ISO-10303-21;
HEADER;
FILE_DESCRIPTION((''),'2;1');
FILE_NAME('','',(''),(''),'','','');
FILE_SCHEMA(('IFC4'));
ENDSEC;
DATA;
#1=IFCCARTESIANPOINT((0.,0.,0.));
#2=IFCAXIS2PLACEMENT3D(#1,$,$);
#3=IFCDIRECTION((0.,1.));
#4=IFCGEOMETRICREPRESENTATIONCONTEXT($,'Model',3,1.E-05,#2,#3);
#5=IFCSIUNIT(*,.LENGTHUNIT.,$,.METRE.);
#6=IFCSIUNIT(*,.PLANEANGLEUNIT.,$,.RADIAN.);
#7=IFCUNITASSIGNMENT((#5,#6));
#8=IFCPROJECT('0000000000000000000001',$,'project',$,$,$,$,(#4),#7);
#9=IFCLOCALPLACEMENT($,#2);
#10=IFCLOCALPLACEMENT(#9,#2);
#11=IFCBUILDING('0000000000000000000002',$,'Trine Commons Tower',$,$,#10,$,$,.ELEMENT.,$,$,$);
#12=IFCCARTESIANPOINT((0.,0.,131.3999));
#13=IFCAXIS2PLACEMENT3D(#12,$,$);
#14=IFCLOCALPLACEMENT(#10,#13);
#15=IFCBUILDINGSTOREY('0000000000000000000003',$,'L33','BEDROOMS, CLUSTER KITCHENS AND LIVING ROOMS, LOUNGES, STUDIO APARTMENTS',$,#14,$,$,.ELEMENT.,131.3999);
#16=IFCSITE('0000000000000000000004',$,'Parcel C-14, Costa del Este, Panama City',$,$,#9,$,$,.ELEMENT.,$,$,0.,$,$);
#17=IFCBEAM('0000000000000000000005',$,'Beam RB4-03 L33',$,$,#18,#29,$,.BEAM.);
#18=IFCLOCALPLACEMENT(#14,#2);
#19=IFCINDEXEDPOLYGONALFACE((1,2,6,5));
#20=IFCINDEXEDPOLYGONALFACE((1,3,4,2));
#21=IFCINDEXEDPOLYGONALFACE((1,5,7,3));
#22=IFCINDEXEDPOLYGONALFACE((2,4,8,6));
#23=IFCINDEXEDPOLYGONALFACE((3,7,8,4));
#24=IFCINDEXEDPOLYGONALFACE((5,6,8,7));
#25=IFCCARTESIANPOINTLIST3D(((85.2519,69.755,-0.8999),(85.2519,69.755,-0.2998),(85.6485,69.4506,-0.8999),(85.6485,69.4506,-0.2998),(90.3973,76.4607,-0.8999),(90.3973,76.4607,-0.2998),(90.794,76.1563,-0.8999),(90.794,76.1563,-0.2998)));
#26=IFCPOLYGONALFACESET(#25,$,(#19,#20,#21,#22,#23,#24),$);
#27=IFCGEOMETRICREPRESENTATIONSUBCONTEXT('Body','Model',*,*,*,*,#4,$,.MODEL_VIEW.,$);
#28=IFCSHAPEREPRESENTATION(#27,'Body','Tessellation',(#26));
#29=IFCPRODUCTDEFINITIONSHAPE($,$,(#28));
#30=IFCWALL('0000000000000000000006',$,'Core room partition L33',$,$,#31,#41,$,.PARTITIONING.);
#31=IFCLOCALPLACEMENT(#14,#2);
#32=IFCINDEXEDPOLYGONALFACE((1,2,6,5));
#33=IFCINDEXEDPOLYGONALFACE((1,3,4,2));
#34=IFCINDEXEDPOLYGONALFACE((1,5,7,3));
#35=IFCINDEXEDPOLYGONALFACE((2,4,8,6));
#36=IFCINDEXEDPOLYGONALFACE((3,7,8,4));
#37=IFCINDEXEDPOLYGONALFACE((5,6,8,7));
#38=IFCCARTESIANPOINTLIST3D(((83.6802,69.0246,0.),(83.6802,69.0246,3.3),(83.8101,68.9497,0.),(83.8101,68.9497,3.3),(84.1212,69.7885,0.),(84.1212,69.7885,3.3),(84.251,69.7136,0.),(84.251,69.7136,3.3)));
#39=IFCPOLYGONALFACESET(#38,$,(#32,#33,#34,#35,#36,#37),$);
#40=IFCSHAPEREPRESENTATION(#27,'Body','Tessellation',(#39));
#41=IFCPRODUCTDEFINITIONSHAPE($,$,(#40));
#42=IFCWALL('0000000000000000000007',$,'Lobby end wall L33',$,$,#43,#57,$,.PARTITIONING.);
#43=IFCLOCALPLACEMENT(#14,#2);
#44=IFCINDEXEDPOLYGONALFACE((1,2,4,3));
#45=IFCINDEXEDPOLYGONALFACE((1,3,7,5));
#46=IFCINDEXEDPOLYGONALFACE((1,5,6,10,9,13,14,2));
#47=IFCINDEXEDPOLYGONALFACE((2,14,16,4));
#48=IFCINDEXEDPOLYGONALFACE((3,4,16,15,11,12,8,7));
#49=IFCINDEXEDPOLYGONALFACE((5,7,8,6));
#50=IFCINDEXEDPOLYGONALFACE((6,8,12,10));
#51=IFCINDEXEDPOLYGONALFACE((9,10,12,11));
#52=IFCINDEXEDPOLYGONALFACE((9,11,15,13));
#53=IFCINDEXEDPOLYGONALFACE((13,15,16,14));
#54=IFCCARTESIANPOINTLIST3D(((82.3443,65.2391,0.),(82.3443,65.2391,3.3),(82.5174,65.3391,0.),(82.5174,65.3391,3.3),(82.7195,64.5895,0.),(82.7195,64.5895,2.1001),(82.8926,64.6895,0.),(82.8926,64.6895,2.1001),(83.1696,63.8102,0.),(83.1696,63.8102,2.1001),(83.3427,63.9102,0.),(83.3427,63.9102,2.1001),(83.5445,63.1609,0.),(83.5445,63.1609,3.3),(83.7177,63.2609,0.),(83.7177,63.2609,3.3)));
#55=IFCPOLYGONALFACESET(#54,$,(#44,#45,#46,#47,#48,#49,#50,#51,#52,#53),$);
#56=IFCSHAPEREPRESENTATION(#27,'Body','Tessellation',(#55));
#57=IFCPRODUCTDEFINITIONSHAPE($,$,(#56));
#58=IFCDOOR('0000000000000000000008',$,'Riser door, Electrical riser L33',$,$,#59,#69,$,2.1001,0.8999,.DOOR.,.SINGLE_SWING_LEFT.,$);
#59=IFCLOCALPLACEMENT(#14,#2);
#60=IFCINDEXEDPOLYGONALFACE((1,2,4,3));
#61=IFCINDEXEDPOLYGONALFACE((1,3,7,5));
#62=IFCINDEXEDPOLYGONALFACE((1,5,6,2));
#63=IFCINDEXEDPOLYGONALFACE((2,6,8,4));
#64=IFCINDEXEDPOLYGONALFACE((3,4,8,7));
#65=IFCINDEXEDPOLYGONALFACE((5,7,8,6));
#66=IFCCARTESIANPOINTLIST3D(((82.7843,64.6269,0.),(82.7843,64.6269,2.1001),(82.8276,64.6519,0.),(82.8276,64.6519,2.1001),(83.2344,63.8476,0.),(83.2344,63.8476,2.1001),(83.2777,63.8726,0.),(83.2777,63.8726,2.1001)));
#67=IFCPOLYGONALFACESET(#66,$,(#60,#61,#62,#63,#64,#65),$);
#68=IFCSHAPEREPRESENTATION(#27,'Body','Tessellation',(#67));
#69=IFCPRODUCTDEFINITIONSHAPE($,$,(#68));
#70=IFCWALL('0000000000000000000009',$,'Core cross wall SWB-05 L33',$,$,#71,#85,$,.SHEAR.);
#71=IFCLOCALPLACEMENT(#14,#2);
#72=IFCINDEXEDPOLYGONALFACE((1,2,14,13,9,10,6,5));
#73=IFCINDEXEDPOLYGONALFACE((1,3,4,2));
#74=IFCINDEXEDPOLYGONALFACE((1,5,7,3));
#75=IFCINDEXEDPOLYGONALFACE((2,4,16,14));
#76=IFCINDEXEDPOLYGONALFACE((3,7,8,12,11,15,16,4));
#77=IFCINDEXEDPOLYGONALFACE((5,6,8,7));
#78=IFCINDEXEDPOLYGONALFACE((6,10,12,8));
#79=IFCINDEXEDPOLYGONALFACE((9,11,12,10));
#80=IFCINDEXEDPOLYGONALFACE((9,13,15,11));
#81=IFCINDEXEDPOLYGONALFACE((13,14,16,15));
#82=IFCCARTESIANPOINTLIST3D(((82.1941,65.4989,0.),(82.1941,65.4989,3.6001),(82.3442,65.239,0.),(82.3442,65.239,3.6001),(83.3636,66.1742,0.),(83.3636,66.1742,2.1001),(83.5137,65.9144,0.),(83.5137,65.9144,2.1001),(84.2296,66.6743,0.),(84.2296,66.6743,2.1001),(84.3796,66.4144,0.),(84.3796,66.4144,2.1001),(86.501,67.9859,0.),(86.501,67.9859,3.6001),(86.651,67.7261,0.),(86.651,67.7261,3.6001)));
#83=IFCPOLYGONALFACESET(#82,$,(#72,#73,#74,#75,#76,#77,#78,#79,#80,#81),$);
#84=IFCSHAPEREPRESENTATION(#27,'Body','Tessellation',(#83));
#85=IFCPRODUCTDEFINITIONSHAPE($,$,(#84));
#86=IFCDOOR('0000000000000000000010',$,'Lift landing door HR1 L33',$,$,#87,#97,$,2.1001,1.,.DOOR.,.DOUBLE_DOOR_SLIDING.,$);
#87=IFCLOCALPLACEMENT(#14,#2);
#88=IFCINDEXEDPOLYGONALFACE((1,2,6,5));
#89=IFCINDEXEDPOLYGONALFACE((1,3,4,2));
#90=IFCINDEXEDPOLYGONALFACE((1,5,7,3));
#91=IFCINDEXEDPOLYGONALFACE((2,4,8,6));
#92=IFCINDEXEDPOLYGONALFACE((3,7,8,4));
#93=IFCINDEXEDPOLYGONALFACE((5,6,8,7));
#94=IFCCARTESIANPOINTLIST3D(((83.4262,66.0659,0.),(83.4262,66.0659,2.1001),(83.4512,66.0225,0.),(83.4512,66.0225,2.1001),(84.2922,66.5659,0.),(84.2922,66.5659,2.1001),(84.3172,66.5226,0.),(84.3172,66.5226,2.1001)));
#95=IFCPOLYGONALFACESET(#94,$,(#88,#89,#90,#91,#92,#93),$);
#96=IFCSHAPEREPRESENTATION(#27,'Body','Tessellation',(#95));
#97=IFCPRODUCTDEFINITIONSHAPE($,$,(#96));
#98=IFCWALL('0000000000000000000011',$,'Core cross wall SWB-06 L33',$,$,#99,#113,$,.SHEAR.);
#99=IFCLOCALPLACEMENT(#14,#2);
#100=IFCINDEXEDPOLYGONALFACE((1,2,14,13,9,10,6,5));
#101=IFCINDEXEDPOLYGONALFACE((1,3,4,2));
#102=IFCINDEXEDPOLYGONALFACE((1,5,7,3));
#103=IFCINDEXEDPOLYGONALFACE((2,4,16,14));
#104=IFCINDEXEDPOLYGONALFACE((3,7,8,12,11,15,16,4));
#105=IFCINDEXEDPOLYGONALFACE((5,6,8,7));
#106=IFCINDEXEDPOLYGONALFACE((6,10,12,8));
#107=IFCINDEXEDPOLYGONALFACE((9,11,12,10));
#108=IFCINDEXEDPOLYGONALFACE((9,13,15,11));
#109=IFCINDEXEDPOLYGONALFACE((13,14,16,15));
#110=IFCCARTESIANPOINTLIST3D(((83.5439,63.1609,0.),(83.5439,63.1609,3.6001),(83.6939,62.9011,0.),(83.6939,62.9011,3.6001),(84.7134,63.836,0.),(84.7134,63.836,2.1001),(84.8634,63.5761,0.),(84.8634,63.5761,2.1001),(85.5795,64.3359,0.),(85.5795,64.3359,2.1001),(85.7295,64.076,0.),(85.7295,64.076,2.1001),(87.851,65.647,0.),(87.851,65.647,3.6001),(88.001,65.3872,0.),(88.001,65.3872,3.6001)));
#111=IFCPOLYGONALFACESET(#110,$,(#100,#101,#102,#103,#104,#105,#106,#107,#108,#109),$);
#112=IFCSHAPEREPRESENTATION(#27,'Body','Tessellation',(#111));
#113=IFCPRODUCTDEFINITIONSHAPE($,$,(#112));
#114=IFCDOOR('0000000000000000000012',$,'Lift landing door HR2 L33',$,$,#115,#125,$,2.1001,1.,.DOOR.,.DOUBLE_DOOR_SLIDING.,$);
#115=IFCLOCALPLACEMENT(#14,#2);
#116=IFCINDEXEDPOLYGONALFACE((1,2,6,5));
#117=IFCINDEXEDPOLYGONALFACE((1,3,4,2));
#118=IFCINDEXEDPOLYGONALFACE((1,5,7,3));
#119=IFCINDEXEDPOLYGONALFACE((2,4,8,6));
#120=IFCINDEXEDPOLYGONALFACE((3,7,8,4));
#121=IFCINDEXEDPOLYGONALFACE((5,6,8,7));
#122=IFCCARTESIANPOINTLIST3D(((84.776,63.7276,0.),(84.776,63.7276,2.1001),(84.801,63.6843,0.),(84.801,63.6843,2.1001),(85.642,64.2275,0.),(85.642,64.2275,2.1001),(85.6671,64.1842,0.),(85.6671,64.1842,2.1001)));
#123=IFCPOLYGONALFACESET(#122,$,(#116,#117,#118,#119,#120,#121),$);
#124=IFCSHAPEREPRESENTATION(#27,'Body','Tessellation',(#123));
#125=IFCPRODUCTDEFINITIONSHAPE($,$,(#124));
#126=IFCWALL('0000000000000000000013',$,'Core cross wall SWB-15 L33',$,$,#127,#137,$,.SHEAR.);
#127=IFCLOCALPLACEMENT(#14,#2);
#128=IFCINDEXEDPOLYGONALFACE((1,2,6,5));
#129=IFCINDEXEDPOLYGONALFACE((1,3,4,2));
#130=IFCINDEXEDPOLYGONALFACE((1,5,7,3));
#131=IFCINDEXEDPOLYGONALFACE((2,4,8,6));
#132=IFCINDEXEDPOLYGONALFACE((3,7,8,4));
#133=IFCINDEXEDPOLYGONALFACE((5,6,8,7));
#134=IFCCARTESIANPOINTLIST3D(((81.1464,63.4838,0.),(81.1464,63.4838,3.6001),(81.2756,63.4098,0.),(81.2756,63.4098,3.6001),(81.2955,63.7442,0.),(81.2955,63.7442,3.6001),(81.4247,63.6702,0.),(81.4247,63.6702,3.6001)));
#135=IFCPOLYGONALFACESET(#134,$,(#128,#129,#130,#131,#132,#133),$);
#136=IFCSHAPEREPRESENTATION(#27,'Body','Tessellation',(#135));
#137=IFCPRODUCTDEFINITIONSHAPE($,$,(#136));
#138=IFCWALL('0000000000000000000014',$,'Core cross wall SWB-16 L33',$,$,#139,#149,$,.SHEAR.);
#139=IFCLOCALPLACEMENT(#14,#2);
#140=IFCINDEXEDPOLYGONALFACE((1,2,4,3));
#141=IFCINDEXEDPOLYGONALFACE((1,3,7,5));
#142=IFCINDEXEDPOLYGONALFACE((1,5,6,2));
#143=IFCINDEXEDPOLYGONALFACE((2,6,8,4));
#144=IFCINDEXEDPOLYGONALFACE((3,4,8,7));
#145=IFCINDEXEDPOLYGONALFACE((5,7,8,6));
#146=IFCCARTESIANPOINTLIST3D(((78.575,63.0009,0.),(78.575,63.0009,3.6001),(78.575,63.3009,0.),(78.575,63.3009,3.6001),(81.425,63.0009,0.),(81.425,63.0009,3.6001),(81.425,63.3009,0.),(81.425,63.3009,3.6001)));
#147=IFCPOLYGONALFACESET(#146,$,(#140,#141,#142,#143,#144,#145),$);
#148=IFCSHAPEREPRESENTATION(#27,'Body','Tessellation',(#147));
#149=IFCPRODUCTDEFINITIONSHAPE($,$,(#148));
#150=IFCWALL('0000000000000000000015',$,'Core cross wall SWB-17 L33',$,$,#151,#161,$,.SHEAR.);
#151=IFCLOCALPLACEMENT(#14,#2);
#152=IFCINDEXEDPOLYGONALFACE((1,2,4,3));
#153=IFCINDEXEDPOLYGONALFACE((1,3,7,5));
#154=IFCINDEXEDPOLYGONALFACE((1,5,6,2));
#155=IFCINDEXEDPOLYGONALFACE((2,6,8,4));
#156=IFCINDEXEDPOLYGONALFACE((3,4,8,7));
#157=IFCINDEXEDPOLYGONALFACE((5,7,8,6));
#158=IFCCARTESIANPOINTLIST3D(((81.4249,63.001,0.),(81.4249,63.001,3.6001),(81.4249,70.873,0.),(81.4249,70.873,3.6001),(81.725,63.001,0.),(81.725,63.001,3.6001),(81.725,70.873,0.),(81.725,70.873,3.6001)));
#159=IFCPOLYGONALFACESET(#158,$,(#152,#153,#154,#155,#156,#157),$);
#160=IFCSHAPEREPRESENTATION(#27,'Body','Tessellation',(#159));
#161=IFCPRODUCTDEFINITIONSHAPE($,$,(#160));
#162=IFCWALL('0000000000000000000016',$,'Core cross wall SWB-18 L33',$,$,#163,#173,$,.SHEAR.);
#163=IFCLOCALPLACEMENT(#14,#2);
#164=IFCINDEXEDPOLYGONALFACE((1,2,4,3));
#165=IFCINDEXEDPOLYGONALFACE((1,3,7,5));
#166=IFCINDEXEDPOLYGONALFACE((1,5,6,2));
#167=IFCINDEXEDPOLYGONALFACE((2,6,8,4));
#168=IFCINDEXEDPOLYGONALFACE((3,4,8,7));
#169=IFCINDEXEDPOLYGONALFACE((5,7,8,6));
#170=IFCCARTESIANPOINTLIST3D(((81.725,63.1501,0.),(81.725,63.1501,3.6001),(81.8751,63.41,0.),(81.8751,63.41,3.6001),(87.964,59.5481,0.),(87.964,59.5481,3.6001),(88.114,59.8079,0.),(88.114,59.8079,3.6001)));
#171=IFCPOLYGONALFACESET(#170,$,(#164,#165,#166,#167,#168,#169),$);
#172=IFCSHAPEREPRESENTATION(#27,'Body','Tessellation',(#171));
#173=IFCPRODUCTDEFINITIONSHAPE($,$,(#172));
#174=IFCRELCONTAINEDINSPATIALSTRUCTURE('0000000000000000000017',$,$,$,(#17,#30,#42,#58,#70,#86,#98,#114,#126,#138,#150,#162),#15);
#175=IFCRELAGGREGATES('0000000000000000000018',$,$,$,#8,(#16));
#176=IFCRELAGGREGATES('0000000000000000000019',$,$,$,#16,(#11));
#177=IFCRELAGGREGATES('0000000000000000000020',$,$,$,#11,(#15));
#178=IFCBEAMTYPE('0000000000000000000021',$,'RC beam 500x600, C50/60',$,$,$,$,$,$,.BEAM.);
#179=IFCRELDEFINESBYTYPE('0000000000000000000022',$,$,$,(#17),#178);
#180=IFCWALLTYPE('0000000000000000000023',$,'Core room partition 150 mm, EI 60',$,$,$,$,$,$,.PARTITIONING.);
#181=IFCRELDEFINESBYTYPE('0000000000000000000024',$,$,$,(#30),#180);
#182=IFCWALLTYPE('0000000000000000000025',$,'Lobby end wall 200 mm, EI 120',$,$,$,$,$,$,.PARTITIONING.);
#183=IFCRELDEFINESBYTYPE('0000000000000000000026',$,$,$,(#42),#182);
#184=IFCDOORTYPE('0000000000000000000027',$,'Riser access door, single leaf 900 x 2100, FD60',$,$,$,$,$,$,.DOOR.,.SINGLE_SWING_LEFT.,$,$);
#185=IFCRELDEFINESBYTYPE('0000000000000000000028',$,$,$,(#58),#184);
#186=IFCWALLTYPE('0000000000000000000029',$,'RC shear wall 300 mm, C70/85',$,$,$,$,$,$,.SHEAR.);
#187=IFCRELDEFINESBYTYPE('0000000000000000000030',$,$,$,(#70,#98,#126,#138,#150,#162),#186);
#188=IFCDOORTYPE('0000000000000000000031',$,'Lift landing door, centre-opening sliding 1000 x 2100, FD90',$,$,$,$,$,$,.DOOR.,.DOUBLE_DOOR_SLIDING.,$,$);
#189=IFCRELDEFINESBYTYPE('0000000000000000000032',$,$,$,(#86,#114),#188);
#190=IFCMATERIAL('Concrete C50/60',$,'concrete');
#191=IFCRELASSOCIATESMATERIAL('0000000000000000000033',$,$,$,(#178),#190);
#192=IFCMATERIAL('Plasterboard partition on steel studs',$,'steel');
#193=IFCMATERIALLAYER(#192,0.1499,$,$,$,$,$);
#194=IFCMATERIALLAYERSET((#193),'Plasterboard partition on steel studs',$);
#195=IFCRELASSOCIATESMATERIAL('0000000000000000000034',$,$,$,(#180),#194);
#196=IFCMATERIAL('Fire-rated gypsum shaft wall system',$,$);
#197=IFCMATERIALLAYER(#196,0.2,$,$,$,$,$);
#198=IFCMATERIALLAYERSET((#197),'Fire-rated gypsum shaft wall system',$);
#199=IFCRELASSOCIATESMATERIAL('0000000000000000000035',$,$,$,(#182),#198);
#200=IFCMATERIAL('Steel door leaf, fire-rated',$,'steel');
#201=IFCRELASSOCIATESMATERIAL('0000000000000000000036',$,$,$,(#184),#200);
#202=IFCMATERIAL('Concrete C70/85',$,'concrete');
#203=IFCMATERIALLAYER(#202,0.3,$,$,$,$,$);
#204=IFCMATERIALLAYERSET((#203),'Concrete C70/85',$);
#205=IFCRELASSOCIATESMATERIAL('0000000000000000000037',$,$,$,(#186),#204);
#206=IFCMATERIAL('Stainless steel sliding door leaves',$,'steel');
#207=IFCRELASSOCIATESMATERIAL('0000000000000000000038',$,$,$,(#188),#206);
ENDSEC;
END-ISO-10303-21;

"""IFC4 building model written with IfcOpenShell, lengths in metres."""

from ifc_helpers import new_model, si_unit, direction, frame, frame_2d, origin, origin_2d, place, context, subcontext, project, spatial, rectangle, extrude, material, layer, layer_set, material_profile, profile_set, type_object, element, fill, save


model = new_model("IFC4")

# Units and contexts
model_context = context("Model", 3, precision=1e-05, world=origin(), true_north=direction((0.0, 1.0)))
body_context = subcontext(model_context, "Body", "Model", "MODEL_VIEW")
ifc_project = project(units=[si_unit("LENGTHUNIT", "METRE"), si_unit("PLANEANGLEUNIT", "RADIAN")], contexts=[model_context])

# Site, building, storey
site_placement = place(None, origin())
site = spatial("IfcSite", under=ifc_project, at=site_placement, Name="Parcel C-14, Costa del Este, Panama City", CompositionType="ELEMENT", RefElevation=0.0)
building_placement = place(site_placement, origin())
building = spatial("IfcBuilding", under=site, at=building_placement, Name="Trine Commons Tower", CompositionType="ELEMENT")
storey_placement = place(building_placement, frame((0.0, 0.0, 131.3999)))
storey = spatial("IfcBuildingStorey", under=building, at=storey_placement, Name="L33", Description="BEDROOMS, CLUSTER KITCHENS AND LIVING ROOMS, LOUNGES, STUDIO APARTMENTS", CompositionType="ELEMENT", Elevation=131.3999)

# Beam
ifc_material_1 = material(Name="Concrete C50/60", Category="concrete")
ifc_material_profile = material_profile(ifc_material_1, rectangle(XDim=0.5, YDim=0.6001, at=origin_2d()), Name="RC 500x600")
ifc_profile_set = profile_set([ifc_material_profile], Name="Concrete C50/60")
beam_type = type_object("IfcBeamType", Name="RC beam 500x600, C50/60", PredefinedType="BEAM", material=ifc_profile_set)
beam_placement = place(storey_placement, frame((85.4502, 69.6028, -0.5999), z_axis=(0.608758, 0.793356, 0.0), x_axis=(-0.793356, 0.608758, 0.0)))
element("IfcBeam", 1, at=beam_placement, inside=storey, type_object=beam_type, Name="Beam RB4-03 L33", PredefinedType="BEAM", context=body_context, shape_type="SweptSolid", body=[
    extrude(rectangle(XDim=0.5, YDim=0.6001, at=origin_2d()), origin(), (0.0, 0.0, 1.0), 8.4524),
])

# Wall
ifc_material_2 = material(Name="Plasterboard partition on steel studs", Category="steel")
ifc_layer_1 = layer(ifc_material_2, 0.1499)
ifc_layer_set_1 = layer_set([ifc_layer_1], Name="Plasterboard partition on steel studs")
wall_type_1 = type_object("IfcWallType", Name="Core room partition 150 mm, EI 60", PredefinedType="PARTITIONING", material=ifc_layer_set_1)
wall_1_placement = place(storey_placement, frame((84.186, 69.751, 0.0), z_axis=(0.0, 0.0, 1.0), x_axis=(-0.49989, -0.866089, 0.0)))
element("IfcWall", 2, at=wall_1_placement, inside=storey, type_object=wall_type_1, Name="Core room partition L33", PredefinedType="PARTITIONING", context=body_context, shape_type="SweptSolid", body=[
    extrude(rectangle(XDim=0.8821, YDim=0.1499, at=frame_2d((0.4409, 0.0))), origin(), (0.0, 0.0, 1.0), 3.3),
])

# Walls, openings, doors
ifc_material_3 = material(Name="Fire-rated gypsum shaft wall system")
ifc_layer_2 = layer(ifc_material_3, 0.2)
ifc_layer_set_2 = layer_set([ifc_layer_2], Name="Fire-rated gypsum shaft wall system")
wall_type_2 = type_object("IfcWallType", Name="Lobby end wall 200 mm, EI 120", PredefinedType="PARTITIONING", material=ifc_layer_set_2)
wall_2_placement = place(storey_placement, frame((83.6311, 63.2109, 0.0), z_axis=(0.0, 0.0, 1.0), x_axis=(-0.500122, 0.865955, 0.0)))
wall_2 = element("IfcWall", 3, at=wall_2_placement, inside=storey, type_object=wall_type_2, Name="Lobby end wall L33", PredefinedType="PARTITIONING", context=body_context, shape_type="SweptSolid", body=[
    extrude(rectangle(XDim=2.3999, YDim=0.2, at=frame_2d((1.2, 0.0))), origin(), (0.0, 0.0, 1.0), 3.3),
])
opening_1_placement = place(wall_2_placement, frame((0.7498, 0.0, 0.0)))
opening_1 = element("IfcOpeningElement", 4, at=opening_1_placement, cuts=wall_2, PredefinedType="OPENING", context=body_context, shape_type="SweptSolid", body=[
    extrude(rectangle(XDim=0.8999, YDim=2.1001, at=frame_2d((0.45, 1.05))), frame((0.0, 0.1099, 0.0), z_axis=(0.0, -1.0, 0.0), x_axis=(1.0, 0.0, 0.0)), (0.0, 0.0, 1.0), 0.22),
])
ifc_material_4 = material(Name="Steel door leaf, fire-rated", Category="steel")
door_type_1 = type_object("IfcDoorType", Name="Riser access door, single leaf 900 x 2100, FD60", OperationType="SINGLE_SWING_LEFT", PredefinedType="DOOR", material=ifc_material_4)
door_1_placement = place(opening_1_placement, frame((0.8999, 0.0, 0.0), z_axis=(0.0, 0.0, 1.0), x_axis=(-1.0, 0.0, 0.0)))
door_1 = element("IfcDoor", 5, at=door_1_placement, inside=storey, type_object=door_type_1, Name="Riser door, Electrical riser L33", OperationType="SINGLE_SWING_LEFT", OverallHeight=2.1001, OverallWidth=0.8999, PredefinedType="DOOR", context=body_context, shape_type="SweptSolid", body=[
    extrude(rectangle(XDim=0.8999, YDim=2.1001, at=frame_2d((0.45, 1.05))), frame((0.0, 0.0249, 0.0), z_axis=(0.0, -1.0, 0.0), x_axis=(1.0, 0.0, 0.0)), (0.0, 0.0, 1.0), 0.05),
])
fill(opening_1, door_1)
ifc_material_5 = material(Name="Concrete C70/85", Category="concrete")
ifc_layer_3 = layer(ifc_material_5, 0.3)
ifc_layer_set_3 = layer_set([ifc_layer_3], Name="Concrete C70/85")
wall_type_3 = type_object("IfcWallType", Name="RC shear wall 300 mm, C70/85", PredefinedType="SHEAR", material=ifc_layer_set_3)
wall_3_placement = place(storey_placement, frame((82.269, 65.3689, 0.0), z_axis=(0.0, 0.0, 1.0), x_axis=(0.865984, 0.500072, 0.0)))
wall_3 = element("IfcWall", 6, at=wall_3_placement, inside=storey, type_object=wall_type_3, Name="Core cross wall SWB-05 L33", PredefinedType="SHEAR", context=body_context, shape_type="SweptSolid", body=[
    extrude(rectangle(XDim=4.9734, YDim=0.3, at=frame_2d((2.4868, 0.0))), origin(), (0.0, 0.0, 1.0), 3.6001),
])
opening_2_placement = place(wall_3_placement, frame((1.3506, 0.0, 0.0)))
opening_2 = element("IfcOpeningElement", 7, at=opening_2_placement, cuts=wall_3, PredefinedType="OPENING", context=body_context, shape_type="SweptSolid", body=[
    extrude(rectangle(XDim=1.0, YDim=2.1001, at=frame_2d((0.5, 1.05))), frame((0.0, 0.1599, 0.0), z_axis=(0.0, -1.0, 0.0), x_axis=(1.0, 0.0, 0.0)), (0.0, 0.0, 1.0), 0.3201),
])
ifc_material_6 = material(Name="Stainless steel sliding door leaves", Category="steel")
door_type_2 = type_object("IfcDoorType", Name="Lift landing door, centre-opening sliding 1000 x 2100, FD90", OperationType="DOUBLE_DOOR_SLIDING", PredefinedType="DOOR", material=ifc_material_6)
door_2_placement = place(opening_2_placement, origin())
door_2 = element("IfcDoor", 8, at=door_2_placement, inside=storey, type_object=door_type_2, Name="Lift landing door HR1 L33", OperationType="DOUBLE_DOOR_SLIDING", OverallHeight=2.1001, OverallWidth=1.0, PredefinedType="DOOR", context=body_context, shape_type="SweptSolid", body=[
    extrude(rectangle(XDim=1.0, YDim=2.1001, at=frame_2d((0.5, 1.05))), frame((0.0, 0.0249, 0.0), z_axis=(0.0, -1.0, 0.0), x_axis=(1.0, 0.0, 0.0)), (0.0, 0.0, 1.0), 0.05),
])
fill(opening_2, door_2)
wall_4_placement = place(storey_placement, frame((83.6189, 63.031, 0.0), z_axis=(0.0, 0.0, 1.0), x_axis=(0.866081, 0.499904, 0.0)))
wall_4 = element("IfcWall", 9, at=wall_4_placement, inside=storey, type_object=wall_type_3, Name="Core cross wall SWB-06 L33", PredefinedType="SHEAR", context=body_context, shape_type="SweptSolid", body=[
    extrude(rectangle(XDim=4.9731, YDim=0.3, at=frame_2d((2.4866, 0.0))), origin(), (0.0, 0.0, 1.0), 3.6001),
])
opening_3_placement = place(wall_4_placement, frame((1.3503, 0.0, 0.0)))
opening_3 = element("IfcOpeningElement", 10, at=opening_3_placement, cuts=wall_4, PredefinedType="OPENING", context=body_context, shape_type="SweptSolid", body=[
    extrude(rectangle(XDim=1.0, YDim=2.1001, at=frame_2d((0.5, 1.05))), frame((0.0, 0.1599, 0.0), z_axis=(0.0, -1.0, 0.0), x_axis=(1.0, 0.0, 0.0)), (0.0, 0.0, 1.0), 0.3201),
])
door_3_placement = place(opening_3_placement, origin())
door_3 = element("IfcDoor", 11, at=door_3_placement, inside=storey, type_object=door_type_2, Name="Lift landing door HR2 L33", OperationType="DOUBLE_DOOR_SLIDING", OverallHeight=2.1001, OverallWidth=1.0, PredefinedType="DOOR", context=body_context, shape_type="SweptSolid", body=[
    extrude(rectangle(XDim=1.0, YDim=2.1001, at=frame_2d((0.5, 1.05))), frame((0.0, 0.0249, 0.0), z_axis=(0.0, -1.0, 0.0), x_axis=(1.0, 0.0, 0.0)), (0.0, 0.0, 1.0), 0.05),
])
fill(opening_3, door_3)

# Walls
wall_5_placement = place(storey_placement, frame((81.2209, 63.614, 0.0), z_axis=(0.0, 0.0, 1.0), x_axis=(0.867738, -0.497022, 0.0)))
element("IfcWall", 12, at=wall_5_placement, inside=storey, type_object=wall_type_3, Name="Core cross wall SWB-15 L33", PredefinedType="SHEAR", context=body_context, shape_type="SweptSolid", body=[
    extrude(rectangle(XDim=0.1489, YDim=0.3, at=frame_2d((0.0745, 0.0))), origin(), (0.0, 0.0, 1.0), 3.6001),
])
wall_6_placement = place(storey_placement, frame((81.425, 63.1509, 0.0), z_axis=(0.0, 0.0, 1.0), x_axis=(-1.0, 0.0, 0.0)))
element("IfcWall", 13, at=wall_6_placement, inside=storey, type_object=wall_type_3, Name="Core cross wall SWB-16 L33", PredefinedType="SHEAR", context=body_context, shape_type="SweptSolid", body=[
    extrude(rectangle(XDim=2.8501, YDim=0.3, at=frame_2d((1.425, 0.0))), origin(), (0.0, 0.0, 1.0), 3.6001),
])
wall_7_placement = place(storey_placement, frame((81.575, 63.001, 0.0), z_axis=(0.0, 0.0, 1.0), x_axis=(0.0, 1.0, 0.0)))
element("IfcWall", 14, at=wall_7_placement, inside=storey, type_object=wall_type_3, Name="Core cross wall SWB-17 L33", PredefinedType="SHEAR", context=body_context, shape_type="SweptSolid", body=[
    extrude(rectangle(XDim=7.8721, YDim=0.3, at=frame_2d((3.936, 0.0))), origin(), (0.0, 0.0, 1.0), 3.6001),
])
wall_8_placement = place(storey_placement, frame((81.8, 63.28, 0.0), z_axis=(0.0, 0.0, 1.0), x_axis=(0.866028, -0.499995, 0.0)))
element("IfcWall", 15, at=wall_8_placement, inside=storey, type_object=wall_type_3, Name="Core cross wall SWB-18 L33", PredefinedType="SHEAR", context=body_context, shape_type="SweptSolid", body=[
    extrude(rectangle(XDim=7.2041, YDim=0.3, at=frame_2d((3.6021, 0.0))), origin(), (0.0, 0.0, 1.0), 3.6001),
])

save(model, "model.ifc")
